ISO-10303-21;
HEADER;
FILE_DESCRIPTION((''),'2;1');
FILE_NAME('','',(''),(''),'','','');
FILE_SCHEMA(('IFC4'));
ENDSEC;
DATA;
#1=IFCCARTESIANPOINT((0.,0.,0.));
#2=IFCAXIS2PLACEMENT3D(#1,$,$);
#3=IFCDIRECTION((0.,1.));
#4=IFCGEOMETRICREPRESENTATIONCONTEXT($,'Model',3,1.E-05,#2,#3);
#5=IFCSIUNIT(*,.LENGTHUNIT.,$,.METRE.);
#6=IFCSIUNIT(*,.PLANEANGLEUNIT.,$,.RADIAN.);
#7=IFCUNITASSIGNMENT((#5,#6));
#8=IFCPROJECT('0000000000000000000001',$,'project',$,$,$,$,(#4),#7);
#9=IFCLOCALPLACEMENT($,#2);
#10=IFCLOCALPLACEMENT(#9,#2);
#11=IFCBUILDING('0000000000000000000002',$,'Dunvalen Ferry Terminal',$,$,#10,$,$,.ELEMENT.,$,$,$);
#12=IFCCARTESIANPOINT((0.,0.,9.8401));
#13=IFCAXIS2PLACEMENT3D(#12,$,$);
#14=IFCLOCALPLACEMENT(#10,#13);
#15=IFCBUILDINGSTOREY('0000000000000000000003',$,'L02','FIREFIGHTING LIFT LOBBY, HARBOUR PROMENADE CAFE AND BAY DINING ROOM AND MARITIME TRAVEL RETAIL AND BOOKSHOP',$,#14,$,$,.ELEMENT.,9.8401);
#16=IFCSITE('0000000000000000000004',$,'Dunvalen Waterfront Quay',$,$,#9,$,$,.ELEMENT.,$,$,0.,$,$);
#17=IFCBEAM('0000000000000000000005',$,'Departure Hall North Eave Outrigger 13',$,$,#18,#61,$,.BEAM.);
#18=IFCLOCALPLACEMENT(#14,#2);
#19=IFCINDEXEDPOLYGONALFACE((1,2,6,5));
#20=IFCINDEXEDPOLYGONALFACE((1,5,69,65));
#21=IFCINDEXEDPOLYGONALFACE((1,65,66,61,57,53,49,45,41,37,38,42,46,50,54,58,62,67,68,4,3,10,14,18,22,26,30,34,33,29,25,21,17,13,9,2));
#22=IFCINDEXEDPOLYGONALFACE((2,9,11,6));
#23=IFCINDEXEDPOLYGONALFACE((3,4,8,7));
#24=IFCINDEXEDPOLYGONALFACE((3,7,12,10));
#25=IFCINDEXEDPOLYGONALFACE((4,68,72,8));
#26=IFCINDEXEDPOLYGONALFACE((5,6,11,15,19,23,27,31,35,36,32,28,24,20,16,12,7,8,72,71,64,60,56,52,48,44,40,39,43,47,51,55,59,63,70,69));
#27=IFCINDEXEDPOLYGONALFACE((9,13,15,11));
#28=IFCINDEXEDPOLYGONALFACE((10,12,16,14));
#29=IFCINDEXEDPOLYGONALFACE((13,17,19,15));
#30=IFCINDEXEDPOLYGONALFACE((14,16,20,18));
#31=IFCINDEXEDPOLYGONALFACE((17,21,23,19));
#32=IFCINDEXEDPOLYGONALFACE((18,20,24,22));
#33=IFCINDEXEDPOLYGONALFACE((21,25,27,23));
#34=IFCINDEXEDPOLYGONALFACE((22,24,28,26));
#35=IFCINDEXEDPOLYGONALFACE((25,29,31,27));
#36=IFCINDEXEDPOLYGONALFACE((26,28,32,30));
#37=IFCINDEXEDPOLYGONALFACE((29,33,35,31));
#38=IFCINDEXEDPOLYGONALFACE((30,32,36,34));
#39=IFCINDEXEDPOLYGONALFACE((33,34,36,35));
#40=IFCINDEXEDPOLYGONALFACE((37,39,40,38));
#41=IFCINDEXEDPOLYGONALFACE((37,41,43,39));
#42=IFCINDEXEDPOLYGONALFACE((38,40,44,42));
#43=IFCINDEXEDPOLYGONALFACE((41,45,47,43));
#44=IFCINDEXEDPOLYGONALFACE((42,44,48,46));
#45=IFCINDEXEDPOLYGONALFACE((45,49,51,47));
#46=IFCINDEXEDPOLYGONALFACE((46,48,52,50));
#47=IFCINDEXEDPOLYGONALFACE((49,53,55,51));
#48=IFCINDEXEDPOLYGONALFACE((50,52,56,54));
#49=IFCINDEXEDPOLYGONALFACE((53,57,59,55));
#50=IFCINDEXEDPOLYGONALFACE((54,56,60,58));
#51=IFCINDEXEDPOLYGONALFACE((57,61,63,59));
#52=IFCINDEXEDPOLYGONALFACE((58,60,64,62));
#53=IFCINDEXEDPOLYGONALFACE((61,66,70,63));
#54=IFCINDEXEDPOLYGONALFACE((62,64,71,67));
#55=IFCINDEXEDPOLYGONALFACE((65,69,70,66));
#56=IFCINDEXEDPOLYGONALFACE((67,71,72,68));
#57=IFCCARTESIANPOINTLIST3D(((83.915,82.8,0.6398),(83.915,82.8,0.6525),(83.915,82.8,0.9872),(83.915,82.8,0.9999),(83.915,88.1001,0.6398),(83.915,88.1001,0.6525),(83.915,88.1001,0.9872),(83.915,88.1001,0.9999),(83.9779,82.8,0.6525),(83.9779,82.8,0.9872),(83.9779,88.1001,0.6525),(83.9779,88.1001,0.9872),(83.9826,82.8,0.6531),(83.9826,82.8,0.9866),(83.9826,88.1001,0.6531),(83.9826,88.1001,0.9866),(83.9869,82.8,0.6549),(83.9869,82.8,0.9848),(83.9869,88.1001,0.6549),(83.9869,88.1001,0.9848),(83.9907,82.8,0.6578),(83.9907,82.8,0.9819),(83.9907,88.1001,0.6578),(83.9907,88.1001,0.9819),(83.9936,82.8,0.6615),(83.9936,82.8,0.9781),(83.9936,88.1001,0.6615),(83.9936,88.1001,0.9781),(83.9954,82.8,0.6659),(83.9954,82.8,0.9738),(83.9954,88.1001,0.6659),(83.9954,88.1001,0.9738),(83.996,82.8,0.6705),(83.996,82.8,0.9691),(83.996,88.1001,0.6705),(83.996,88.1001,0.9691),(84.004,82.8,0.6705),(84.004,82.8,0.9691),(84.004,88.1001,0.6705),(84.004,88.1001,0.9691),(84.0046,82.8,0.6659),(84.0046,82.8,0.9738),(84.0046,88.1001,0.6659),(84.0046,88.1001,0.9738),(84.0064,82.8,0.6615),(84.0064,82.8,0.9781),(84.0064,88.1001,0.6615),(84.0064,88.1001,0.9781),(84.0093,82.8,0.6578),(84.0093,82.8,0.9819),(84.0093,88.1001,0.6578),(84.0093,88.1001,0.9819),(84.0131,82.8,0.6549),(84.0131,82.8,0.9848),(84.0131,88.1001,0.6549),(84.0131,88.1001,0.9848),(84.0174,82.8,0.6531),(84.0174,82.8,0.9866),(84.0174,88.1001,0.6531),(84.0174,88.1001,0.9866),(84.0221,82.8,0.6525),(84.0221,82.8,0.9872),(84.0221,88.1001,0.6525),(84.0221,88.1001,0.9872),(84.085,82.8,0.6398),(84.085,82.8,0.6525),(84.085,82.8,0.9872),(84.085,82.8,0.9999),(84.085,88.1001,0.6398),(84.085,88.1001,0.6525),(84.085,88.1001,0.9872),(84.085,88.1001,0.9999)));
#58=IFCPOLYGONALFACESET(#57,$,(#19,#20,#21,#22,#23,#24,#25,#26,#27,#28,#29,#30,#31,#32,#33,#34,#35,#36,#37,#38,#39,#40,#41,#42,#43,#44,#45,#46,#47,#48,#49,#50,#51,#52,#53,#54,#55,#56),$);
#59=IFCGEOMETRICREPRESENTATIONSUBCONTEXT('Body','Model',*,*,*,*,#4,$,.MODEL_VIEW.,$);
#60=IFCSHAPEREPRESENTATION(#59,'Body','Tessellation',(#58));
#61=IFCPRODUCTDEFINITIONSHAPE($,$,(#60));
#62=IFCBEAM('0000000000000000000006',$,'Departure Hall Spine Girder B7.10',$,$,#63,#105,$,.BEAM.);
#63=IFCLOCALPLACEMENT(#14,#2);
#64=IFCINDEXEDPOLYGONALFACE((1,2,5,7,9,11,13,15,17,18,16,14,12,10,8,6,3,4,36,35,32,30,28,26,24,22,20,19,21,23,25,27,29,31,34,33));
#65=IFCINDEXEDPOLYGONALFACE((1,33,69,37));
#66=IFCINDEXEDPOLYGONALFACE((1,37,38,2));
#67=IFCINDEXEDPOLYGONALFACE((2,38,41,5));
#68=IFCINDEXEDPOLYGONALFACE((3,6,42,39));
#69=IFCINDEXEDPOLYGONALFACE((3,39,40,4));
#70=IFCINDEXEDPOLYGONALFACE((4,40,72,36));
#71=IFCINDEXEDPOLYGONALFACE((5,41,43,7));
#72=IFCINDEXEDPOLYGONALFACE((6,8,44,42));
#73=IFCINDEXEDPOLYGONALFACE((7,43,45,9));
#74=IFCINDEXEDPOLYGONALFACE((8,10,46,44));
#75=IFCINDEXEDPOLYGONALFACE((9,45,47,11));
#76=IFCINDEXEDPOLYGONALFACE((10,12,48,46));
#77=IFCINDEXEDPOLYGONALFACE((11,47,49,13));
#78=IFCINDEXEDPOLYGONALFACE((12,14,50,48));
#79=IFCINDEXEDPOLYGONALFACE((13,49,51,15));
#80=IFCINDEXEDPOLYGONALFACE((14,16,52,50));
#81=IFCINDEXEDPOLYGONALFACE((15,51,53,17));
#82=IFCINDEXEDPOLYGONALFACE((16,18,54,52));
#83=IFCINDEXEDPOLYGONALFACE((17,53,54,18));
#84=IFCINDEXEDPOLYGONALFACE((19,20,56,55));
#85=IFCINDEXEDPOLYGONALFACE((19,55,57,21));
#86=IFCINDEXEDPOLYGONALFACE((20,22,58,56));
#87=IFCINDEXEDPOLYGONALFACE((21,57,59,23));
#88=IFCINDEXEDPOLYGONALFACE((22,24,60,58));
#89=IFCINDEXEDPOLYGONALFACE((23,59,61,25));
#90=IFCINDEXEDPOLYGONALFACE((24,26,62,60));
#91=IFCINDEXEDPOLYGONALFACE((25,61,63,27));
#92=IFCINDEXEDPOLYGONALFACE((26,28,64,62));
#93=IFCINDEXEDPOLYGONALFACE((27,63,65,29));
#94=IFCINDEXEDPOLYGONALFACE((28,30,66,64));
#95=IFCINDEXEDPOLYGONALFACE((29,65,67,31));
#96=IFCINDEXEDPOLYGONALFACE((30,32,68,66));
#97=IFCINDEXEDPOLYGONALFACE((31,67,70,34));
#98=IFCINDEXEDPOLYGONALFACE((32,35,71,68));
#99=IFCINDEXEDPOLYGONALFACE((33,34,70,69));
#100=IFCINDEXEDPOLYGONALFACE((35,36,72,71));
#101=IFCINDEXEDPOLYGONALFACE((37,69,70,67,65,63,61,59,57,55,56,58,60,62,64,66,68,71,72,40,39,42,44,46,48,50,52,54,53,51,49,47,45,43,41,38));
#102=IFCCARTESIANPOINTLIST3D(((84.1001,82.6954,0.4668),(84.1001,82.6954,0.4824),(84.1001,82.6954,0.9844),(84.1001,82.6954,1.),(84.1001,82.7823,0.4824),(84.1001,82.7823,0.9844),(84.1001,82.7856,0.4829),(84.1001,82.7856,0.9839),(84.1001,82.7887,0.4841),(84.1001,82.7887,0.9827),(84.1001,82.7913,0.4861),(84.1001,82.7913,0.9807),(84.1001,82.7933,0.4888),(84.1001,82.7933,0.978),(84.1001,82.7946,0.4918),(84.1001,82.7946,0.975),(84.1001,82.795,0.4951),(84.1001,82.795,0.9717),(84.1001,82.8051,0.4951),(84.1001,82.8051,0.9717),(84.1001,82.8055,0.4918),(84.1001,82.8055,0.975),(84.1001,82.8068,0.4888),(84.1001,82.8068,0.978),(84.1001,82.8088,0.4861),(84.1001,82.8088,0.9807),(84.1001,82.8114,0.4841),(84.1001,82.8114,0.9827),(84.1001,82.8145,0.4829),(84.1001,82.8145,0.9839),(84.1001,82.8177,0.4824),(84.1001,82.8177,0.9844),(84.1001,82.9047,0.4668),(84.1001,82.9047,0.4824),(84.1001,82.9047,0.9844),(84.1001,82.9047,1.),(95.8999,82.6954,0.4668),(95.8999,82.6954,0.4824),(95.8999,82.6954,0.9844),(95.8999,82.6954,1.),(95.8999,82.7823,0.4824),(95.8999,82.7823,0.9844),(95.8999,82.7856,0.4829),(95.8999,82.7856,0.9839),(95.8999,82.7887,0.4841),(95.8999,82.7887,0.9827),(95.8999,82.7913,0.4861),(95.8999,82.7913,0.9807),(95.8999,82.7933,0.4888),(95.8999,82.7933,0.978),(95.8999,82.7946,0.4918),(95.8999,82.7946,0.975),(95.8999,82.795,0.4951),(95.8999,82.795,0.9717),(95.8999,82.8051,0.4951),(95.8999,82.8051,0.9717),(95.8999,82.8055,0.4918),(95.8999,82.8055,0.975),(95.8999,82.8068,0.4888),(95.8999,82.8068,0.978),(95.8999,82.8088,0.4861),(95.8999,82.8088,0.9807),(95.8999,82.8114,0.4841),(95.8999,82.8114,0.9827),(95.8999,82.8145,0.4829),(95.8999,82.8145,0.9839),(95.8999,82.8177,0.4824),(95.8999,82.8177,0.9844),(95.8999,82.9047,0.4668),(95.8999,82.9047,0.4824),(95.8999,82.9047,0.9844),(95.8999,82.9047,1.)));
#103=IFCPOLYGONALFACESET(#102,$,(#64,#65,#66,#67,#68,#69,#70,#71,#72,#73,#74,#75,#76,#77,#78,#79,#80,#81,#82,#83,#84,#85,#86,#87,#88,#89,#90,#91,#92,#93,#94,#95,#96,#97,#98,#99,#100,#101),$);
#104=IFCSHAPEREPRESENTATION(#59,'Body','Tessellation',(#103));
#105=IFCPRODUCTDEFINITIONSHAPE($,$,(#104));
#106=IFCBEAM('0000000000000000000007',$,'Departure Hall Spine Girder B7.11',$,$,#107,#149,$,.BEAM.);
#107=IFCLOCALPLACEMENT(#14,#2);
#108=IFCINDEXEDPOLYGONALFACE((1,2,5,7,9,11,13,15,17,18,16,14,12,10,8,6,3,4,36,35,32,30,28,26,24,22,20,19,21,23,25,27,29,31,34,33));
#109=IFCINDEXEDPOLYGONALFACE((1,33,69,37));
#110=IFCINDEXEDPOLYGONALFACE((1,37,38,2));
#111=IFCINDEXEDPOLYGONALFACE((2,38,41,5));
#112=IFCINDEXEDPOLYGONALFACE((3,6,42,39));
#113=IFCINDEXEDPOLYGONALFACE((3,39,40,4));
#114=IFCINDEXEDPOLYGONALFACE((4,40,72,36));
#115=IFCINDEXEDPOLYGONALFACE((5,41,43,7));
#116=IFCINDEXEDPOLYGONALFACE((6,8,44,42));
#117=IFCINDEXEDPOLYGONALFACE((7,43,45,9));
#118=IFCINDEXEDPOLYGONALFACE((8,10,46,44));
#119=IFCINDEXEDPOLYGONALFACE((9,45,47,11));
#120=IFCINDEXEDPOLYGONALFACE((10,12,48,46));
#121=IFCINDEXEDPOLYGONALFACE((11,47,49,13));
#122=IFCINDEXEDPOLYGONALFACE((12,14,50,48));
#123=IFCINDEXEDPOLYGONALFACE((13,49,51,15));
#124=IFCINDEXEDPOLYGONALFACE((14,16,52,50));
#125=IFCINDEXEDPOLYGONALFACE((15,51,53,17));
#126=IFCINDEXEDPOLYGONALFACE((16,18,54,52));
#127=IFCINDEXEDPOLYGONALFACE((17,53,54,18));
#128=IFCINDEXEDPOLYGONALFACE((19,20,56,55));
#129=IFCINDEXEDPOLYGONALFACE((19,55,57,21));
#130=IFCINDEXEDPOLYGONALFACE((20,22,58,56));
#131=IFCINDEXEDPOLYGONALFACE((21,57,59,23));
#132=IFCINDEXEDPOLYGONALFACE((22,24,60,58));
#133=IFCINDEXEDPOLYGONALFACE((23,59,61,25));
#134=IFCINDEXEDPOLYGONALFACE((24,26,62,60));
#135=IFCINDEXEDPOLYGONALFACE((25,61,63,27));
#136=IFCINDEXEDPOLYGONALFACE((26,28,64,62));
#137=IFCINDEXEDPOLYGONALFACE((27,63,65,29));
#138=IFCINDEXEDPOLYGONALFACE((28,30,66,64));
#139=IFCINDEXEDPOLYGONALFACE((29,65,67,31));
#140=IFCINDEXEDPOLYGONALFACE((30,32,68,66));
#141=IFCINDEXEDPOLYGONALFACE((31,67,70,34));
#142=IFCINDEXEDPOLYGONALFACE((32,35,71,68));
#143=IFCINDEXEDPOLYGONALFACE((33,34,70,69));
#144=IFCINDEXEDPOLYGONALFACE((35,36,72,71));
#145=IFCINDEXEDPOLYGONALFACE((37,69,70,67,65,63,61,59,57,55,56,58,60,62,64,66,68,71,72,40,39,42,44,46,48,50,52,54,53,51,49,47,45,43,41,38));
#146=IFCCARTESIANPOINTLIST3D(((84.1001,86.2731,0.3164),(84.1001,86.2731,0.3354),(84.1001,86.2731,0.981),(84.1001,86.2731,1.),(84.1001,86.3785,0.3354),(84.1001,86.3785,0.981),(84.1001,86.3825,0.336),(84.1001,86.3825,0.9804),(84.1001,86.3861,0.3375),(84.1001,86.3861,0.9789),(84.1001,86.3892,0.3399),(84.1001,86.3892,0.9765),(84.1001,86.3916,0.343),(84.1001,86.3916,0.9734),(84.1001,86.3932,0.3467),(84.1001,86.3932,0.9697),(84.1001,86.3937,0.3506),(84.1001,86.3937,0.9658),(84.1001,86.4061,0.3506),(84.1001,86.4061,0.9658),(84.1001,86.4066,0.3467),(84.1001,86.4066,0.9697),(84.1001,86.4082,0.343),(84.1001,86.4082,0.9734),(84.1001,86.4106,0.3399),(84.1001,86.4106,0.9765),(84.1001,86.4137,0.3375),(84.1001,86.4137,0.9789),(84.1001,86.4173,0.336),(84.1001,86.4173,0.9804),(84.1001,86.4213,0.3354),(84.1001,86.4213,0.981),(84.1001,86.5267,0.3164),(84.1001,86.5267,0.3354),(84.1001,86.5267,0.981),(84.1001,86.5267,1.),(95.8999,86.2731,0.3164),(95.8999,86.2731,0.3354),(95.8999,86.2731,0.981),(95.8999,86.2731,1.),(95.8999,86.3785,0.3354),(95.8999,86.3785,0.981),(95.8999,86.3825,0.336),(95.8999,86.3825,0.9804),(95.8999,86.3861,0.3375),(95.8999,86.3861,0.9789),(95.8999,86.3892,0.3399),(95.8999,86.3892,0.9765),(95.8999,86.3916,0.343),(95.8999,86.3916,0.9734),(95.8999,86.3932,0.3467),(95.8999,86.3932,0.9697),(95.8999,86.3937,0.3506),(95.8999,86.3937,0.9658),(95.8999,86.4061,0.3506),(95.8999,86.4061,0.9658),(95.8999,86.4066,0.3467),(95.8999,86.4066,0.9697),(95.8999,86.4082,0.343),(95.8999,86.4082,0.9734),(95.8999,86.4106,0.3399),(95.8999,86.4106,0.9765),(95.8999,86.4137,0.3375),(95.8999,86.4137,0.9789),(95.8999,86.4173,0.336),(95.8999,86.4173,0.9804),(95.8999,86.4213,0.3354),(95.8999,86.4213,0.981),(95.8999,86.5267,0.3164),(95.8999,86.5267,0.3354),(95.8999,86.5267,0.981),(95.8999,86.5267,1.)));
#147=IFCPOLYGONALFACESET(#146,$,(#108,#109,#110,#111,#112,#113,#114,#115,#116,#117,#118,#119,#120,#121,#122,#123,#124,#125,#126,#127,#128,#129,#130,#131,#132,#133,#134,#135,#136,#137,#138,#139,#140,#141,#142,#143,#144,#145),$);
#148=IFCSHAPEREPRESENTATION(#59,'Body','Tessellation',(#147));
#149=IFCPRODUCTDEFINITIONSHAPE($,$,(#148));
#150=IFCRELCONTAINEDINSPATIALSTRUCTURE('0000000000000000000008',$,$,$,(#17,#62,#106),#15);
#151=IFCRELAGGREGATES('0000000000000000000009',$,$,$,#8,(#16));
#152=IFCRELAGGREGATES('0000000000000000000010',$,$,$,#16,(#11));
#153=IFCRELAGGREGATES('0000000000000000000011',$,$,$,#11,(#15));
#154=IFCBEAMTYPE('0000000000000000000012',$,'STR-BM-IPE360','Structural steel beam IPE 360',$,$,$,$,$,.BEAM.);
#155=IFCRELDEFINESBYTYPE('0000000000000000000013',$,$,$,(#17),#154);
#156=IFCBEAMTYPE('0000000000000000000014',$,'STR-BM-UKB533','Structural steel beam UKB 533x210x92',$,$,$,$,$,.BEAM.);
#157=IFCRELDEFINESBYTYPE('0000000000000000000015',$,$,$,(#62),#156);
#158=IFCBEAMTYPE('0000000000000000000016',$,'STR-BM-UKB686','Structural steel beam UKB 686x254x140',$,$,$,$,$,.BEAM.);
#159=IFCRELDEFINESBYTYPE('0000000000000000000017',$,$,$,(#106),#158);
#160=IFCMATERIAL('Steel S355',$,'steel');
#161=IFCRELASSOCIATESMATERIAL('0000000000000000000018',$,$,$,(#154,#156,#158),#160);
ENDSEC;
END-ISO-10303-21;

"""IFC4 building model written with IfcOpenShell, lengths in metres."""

from ifc_helpers import new_model, si_unit, direction, frame, origin, origin_2d, place, context, subcontext, project, spatial, i_section, extrude, material, material_profile, profile_set, type_object, element, save


model = new_model("IFC4")

# Units and contexts
model_context = context("Model", 3, precision=1e-05, world=origin(), true_north=direction((0.0, 1.0)))
body_context = subcontext(model_context, "Body", "Model", "MODEL_VIEW")
ifc_project = project(units=[si_unit("LENGTHUNIT", "METRE"), si_unit("PLANEANGLEUNIT", "RADIAN")], contexts=[model_context])

# Site, building, storey
site_placement = place(None, origin())
site = spatial("IfcSite", under=ifc_project, at=site_placement, Name="Dunvalen Waterfront Quay", CompositionType="ELEMENT", RefElevation=0.0)
building_placement = place(site_placement, origin())
building = spatial("IfcBuilding", under=site, at=building_placement, Name="Dunvalen Ferry Terminal", CompositionType="ELEMENT")
storey_placement = place(building_placement, frame((0.0, 0.0, 9.8401)))
storey = spatial("IfcBuildingStorey", under=building, at=storey_placement, Name="L02", Description="FIREFIGHTING LIFT LOBBY, HARBOUR PROMENADE CAFE AND BAY DINING ROOM AND MARITIME TRAVEL RETAIL AND BOOKSHOP", CompositionType="ELEMENT", Elevation=9.8401)

# Beams
ifc_material_1 = material(Name="Steel S355", Category="steel")
ifc_material_profile_1 = material_profile(ifc_material_1, i_section(OverallWidth=0.1699, OverallDepth=0.3601, WebThickness=0.0081, FlangeThickness=0.0127, FilletRadius=0.0181, at=origin_2d()), Name="Steel S355")
ifc_profile_set_1 = profile_set([ifc_material_profile_1], Name="Steel S355")
beam_type_1 = type_object("IfcBeamType", Name="STR-BM-IPE360", Description="Structural steel beam IPE 360", PredefinedType="BEAM", material=ifc_profile_set_1)
beam_1_placement = place(storey_placement, frame((84.0, 82.8, 0.8198), z_axis=(0.0, 1.0, 0.0), x_axis=(-1.0, 0.0, 0.0)))
element("IfcBeam", 1, at=beam_1_placement, inside=storey, type_object=beam_type_1, Name="Departure Hall North Eave Outrigger 13", PredefinedType="BEAM", context=body_context, shape_type="SweptSolid", body=[
    extrude(i_section(OverallWidth=0.1699, OverallDepth=0.3601, WebThickness=0.0081, FlangeThickness=0.0127, FilletRadius=0.0181, at=origin_2d()), origin(), (0.0, 0.0, 1.0), 5.3),
])
ifc_material_profile_2 = material_profile(ifc_material_1, i_section(OverallWidth=0.2092, OverallDepth=0.5332, WebThickness=0.01, FlangeThickness=0.0156, FilletRadius=0.0127, at=origin_2d()), Name="Steel S355")
ifc_profile_set_2 = profile_set([ifc_material_profile_2], Name="Steel S355")
beam_type_2 = type_object("IfcBeamType", Name="STR-BM-UKB533", Description="Structural steel beam UKB 533x210x92", PredefinedType="BEAM", material=ifc_profile_set_2)
beam_2_placement = place(storey_placement, frame((84.1001, 82.8, 0.7334), z_axis=(1.0, 0.0, 0.0), x_axis=(0.0, 1.0, 0.0)))
element("IfcBeam", 2, at=beam_2_placement, inside=storey, type_object=beam_type_2, Name="Departure Hall Spine Girder B7.10", PredefinedType="BEAM", context=body_context, shape_type="SweptSolid", body=[
    extrude(i_section(OverallWidth=0.2092, OverallDepth=0.5332, WebThickness=0.01, FlangeThickness=0.0156, FilletRadius=0.0127, at=origin_2d()), origin(), (0.0, 0.0, 1.0), 11.7998),
])
ifc_material_profile_3 = material_profile(ifc_material_1, i_section(OverallWidth=0.2537, OverallDepth=0.6836, WebThickness=0.0125, FlangeThickness=0.019, FilletRadius=0.0151, at=origin_2d()), Name="Steel S355")
ifc_profile_set_3 = profile_set([ifc_material_profile_3], Name="Steel S355")
beam_type_3 = type_object("IfcBeamType", Name="STR-BM-UKB686", Description="Structural steel beam UKB 686x254x140", PredefinedType="BEAM", material=ifc_profile_set_3)
beam_3_placement = place(storey_placement, frame((84.1001, 86.3999, 0.6582), z_axis=(1.0, 0.0, 0.0), x_axis=(0.0, 1.0, 0.0)))
element("IfcBeam", 3, at=beam_3_placement, inside=storey, type_object=beam_type_3, Name="Departure Hall Spine Girder B7.11", PredefinedType="BEAM", context=body_context, shape_type="SweptSolid", body=[
    extrude(i_section(OverallWidth=0.2537, OverallDepth=0.6836, WebThickness=0.0125, FlangeThickness=0.019, FilletRadius=0.0151, at=origin_2d()), origin(), (0.0, 0.0, 1.0), 11.7998),
])

save(model, "model.ifc")
